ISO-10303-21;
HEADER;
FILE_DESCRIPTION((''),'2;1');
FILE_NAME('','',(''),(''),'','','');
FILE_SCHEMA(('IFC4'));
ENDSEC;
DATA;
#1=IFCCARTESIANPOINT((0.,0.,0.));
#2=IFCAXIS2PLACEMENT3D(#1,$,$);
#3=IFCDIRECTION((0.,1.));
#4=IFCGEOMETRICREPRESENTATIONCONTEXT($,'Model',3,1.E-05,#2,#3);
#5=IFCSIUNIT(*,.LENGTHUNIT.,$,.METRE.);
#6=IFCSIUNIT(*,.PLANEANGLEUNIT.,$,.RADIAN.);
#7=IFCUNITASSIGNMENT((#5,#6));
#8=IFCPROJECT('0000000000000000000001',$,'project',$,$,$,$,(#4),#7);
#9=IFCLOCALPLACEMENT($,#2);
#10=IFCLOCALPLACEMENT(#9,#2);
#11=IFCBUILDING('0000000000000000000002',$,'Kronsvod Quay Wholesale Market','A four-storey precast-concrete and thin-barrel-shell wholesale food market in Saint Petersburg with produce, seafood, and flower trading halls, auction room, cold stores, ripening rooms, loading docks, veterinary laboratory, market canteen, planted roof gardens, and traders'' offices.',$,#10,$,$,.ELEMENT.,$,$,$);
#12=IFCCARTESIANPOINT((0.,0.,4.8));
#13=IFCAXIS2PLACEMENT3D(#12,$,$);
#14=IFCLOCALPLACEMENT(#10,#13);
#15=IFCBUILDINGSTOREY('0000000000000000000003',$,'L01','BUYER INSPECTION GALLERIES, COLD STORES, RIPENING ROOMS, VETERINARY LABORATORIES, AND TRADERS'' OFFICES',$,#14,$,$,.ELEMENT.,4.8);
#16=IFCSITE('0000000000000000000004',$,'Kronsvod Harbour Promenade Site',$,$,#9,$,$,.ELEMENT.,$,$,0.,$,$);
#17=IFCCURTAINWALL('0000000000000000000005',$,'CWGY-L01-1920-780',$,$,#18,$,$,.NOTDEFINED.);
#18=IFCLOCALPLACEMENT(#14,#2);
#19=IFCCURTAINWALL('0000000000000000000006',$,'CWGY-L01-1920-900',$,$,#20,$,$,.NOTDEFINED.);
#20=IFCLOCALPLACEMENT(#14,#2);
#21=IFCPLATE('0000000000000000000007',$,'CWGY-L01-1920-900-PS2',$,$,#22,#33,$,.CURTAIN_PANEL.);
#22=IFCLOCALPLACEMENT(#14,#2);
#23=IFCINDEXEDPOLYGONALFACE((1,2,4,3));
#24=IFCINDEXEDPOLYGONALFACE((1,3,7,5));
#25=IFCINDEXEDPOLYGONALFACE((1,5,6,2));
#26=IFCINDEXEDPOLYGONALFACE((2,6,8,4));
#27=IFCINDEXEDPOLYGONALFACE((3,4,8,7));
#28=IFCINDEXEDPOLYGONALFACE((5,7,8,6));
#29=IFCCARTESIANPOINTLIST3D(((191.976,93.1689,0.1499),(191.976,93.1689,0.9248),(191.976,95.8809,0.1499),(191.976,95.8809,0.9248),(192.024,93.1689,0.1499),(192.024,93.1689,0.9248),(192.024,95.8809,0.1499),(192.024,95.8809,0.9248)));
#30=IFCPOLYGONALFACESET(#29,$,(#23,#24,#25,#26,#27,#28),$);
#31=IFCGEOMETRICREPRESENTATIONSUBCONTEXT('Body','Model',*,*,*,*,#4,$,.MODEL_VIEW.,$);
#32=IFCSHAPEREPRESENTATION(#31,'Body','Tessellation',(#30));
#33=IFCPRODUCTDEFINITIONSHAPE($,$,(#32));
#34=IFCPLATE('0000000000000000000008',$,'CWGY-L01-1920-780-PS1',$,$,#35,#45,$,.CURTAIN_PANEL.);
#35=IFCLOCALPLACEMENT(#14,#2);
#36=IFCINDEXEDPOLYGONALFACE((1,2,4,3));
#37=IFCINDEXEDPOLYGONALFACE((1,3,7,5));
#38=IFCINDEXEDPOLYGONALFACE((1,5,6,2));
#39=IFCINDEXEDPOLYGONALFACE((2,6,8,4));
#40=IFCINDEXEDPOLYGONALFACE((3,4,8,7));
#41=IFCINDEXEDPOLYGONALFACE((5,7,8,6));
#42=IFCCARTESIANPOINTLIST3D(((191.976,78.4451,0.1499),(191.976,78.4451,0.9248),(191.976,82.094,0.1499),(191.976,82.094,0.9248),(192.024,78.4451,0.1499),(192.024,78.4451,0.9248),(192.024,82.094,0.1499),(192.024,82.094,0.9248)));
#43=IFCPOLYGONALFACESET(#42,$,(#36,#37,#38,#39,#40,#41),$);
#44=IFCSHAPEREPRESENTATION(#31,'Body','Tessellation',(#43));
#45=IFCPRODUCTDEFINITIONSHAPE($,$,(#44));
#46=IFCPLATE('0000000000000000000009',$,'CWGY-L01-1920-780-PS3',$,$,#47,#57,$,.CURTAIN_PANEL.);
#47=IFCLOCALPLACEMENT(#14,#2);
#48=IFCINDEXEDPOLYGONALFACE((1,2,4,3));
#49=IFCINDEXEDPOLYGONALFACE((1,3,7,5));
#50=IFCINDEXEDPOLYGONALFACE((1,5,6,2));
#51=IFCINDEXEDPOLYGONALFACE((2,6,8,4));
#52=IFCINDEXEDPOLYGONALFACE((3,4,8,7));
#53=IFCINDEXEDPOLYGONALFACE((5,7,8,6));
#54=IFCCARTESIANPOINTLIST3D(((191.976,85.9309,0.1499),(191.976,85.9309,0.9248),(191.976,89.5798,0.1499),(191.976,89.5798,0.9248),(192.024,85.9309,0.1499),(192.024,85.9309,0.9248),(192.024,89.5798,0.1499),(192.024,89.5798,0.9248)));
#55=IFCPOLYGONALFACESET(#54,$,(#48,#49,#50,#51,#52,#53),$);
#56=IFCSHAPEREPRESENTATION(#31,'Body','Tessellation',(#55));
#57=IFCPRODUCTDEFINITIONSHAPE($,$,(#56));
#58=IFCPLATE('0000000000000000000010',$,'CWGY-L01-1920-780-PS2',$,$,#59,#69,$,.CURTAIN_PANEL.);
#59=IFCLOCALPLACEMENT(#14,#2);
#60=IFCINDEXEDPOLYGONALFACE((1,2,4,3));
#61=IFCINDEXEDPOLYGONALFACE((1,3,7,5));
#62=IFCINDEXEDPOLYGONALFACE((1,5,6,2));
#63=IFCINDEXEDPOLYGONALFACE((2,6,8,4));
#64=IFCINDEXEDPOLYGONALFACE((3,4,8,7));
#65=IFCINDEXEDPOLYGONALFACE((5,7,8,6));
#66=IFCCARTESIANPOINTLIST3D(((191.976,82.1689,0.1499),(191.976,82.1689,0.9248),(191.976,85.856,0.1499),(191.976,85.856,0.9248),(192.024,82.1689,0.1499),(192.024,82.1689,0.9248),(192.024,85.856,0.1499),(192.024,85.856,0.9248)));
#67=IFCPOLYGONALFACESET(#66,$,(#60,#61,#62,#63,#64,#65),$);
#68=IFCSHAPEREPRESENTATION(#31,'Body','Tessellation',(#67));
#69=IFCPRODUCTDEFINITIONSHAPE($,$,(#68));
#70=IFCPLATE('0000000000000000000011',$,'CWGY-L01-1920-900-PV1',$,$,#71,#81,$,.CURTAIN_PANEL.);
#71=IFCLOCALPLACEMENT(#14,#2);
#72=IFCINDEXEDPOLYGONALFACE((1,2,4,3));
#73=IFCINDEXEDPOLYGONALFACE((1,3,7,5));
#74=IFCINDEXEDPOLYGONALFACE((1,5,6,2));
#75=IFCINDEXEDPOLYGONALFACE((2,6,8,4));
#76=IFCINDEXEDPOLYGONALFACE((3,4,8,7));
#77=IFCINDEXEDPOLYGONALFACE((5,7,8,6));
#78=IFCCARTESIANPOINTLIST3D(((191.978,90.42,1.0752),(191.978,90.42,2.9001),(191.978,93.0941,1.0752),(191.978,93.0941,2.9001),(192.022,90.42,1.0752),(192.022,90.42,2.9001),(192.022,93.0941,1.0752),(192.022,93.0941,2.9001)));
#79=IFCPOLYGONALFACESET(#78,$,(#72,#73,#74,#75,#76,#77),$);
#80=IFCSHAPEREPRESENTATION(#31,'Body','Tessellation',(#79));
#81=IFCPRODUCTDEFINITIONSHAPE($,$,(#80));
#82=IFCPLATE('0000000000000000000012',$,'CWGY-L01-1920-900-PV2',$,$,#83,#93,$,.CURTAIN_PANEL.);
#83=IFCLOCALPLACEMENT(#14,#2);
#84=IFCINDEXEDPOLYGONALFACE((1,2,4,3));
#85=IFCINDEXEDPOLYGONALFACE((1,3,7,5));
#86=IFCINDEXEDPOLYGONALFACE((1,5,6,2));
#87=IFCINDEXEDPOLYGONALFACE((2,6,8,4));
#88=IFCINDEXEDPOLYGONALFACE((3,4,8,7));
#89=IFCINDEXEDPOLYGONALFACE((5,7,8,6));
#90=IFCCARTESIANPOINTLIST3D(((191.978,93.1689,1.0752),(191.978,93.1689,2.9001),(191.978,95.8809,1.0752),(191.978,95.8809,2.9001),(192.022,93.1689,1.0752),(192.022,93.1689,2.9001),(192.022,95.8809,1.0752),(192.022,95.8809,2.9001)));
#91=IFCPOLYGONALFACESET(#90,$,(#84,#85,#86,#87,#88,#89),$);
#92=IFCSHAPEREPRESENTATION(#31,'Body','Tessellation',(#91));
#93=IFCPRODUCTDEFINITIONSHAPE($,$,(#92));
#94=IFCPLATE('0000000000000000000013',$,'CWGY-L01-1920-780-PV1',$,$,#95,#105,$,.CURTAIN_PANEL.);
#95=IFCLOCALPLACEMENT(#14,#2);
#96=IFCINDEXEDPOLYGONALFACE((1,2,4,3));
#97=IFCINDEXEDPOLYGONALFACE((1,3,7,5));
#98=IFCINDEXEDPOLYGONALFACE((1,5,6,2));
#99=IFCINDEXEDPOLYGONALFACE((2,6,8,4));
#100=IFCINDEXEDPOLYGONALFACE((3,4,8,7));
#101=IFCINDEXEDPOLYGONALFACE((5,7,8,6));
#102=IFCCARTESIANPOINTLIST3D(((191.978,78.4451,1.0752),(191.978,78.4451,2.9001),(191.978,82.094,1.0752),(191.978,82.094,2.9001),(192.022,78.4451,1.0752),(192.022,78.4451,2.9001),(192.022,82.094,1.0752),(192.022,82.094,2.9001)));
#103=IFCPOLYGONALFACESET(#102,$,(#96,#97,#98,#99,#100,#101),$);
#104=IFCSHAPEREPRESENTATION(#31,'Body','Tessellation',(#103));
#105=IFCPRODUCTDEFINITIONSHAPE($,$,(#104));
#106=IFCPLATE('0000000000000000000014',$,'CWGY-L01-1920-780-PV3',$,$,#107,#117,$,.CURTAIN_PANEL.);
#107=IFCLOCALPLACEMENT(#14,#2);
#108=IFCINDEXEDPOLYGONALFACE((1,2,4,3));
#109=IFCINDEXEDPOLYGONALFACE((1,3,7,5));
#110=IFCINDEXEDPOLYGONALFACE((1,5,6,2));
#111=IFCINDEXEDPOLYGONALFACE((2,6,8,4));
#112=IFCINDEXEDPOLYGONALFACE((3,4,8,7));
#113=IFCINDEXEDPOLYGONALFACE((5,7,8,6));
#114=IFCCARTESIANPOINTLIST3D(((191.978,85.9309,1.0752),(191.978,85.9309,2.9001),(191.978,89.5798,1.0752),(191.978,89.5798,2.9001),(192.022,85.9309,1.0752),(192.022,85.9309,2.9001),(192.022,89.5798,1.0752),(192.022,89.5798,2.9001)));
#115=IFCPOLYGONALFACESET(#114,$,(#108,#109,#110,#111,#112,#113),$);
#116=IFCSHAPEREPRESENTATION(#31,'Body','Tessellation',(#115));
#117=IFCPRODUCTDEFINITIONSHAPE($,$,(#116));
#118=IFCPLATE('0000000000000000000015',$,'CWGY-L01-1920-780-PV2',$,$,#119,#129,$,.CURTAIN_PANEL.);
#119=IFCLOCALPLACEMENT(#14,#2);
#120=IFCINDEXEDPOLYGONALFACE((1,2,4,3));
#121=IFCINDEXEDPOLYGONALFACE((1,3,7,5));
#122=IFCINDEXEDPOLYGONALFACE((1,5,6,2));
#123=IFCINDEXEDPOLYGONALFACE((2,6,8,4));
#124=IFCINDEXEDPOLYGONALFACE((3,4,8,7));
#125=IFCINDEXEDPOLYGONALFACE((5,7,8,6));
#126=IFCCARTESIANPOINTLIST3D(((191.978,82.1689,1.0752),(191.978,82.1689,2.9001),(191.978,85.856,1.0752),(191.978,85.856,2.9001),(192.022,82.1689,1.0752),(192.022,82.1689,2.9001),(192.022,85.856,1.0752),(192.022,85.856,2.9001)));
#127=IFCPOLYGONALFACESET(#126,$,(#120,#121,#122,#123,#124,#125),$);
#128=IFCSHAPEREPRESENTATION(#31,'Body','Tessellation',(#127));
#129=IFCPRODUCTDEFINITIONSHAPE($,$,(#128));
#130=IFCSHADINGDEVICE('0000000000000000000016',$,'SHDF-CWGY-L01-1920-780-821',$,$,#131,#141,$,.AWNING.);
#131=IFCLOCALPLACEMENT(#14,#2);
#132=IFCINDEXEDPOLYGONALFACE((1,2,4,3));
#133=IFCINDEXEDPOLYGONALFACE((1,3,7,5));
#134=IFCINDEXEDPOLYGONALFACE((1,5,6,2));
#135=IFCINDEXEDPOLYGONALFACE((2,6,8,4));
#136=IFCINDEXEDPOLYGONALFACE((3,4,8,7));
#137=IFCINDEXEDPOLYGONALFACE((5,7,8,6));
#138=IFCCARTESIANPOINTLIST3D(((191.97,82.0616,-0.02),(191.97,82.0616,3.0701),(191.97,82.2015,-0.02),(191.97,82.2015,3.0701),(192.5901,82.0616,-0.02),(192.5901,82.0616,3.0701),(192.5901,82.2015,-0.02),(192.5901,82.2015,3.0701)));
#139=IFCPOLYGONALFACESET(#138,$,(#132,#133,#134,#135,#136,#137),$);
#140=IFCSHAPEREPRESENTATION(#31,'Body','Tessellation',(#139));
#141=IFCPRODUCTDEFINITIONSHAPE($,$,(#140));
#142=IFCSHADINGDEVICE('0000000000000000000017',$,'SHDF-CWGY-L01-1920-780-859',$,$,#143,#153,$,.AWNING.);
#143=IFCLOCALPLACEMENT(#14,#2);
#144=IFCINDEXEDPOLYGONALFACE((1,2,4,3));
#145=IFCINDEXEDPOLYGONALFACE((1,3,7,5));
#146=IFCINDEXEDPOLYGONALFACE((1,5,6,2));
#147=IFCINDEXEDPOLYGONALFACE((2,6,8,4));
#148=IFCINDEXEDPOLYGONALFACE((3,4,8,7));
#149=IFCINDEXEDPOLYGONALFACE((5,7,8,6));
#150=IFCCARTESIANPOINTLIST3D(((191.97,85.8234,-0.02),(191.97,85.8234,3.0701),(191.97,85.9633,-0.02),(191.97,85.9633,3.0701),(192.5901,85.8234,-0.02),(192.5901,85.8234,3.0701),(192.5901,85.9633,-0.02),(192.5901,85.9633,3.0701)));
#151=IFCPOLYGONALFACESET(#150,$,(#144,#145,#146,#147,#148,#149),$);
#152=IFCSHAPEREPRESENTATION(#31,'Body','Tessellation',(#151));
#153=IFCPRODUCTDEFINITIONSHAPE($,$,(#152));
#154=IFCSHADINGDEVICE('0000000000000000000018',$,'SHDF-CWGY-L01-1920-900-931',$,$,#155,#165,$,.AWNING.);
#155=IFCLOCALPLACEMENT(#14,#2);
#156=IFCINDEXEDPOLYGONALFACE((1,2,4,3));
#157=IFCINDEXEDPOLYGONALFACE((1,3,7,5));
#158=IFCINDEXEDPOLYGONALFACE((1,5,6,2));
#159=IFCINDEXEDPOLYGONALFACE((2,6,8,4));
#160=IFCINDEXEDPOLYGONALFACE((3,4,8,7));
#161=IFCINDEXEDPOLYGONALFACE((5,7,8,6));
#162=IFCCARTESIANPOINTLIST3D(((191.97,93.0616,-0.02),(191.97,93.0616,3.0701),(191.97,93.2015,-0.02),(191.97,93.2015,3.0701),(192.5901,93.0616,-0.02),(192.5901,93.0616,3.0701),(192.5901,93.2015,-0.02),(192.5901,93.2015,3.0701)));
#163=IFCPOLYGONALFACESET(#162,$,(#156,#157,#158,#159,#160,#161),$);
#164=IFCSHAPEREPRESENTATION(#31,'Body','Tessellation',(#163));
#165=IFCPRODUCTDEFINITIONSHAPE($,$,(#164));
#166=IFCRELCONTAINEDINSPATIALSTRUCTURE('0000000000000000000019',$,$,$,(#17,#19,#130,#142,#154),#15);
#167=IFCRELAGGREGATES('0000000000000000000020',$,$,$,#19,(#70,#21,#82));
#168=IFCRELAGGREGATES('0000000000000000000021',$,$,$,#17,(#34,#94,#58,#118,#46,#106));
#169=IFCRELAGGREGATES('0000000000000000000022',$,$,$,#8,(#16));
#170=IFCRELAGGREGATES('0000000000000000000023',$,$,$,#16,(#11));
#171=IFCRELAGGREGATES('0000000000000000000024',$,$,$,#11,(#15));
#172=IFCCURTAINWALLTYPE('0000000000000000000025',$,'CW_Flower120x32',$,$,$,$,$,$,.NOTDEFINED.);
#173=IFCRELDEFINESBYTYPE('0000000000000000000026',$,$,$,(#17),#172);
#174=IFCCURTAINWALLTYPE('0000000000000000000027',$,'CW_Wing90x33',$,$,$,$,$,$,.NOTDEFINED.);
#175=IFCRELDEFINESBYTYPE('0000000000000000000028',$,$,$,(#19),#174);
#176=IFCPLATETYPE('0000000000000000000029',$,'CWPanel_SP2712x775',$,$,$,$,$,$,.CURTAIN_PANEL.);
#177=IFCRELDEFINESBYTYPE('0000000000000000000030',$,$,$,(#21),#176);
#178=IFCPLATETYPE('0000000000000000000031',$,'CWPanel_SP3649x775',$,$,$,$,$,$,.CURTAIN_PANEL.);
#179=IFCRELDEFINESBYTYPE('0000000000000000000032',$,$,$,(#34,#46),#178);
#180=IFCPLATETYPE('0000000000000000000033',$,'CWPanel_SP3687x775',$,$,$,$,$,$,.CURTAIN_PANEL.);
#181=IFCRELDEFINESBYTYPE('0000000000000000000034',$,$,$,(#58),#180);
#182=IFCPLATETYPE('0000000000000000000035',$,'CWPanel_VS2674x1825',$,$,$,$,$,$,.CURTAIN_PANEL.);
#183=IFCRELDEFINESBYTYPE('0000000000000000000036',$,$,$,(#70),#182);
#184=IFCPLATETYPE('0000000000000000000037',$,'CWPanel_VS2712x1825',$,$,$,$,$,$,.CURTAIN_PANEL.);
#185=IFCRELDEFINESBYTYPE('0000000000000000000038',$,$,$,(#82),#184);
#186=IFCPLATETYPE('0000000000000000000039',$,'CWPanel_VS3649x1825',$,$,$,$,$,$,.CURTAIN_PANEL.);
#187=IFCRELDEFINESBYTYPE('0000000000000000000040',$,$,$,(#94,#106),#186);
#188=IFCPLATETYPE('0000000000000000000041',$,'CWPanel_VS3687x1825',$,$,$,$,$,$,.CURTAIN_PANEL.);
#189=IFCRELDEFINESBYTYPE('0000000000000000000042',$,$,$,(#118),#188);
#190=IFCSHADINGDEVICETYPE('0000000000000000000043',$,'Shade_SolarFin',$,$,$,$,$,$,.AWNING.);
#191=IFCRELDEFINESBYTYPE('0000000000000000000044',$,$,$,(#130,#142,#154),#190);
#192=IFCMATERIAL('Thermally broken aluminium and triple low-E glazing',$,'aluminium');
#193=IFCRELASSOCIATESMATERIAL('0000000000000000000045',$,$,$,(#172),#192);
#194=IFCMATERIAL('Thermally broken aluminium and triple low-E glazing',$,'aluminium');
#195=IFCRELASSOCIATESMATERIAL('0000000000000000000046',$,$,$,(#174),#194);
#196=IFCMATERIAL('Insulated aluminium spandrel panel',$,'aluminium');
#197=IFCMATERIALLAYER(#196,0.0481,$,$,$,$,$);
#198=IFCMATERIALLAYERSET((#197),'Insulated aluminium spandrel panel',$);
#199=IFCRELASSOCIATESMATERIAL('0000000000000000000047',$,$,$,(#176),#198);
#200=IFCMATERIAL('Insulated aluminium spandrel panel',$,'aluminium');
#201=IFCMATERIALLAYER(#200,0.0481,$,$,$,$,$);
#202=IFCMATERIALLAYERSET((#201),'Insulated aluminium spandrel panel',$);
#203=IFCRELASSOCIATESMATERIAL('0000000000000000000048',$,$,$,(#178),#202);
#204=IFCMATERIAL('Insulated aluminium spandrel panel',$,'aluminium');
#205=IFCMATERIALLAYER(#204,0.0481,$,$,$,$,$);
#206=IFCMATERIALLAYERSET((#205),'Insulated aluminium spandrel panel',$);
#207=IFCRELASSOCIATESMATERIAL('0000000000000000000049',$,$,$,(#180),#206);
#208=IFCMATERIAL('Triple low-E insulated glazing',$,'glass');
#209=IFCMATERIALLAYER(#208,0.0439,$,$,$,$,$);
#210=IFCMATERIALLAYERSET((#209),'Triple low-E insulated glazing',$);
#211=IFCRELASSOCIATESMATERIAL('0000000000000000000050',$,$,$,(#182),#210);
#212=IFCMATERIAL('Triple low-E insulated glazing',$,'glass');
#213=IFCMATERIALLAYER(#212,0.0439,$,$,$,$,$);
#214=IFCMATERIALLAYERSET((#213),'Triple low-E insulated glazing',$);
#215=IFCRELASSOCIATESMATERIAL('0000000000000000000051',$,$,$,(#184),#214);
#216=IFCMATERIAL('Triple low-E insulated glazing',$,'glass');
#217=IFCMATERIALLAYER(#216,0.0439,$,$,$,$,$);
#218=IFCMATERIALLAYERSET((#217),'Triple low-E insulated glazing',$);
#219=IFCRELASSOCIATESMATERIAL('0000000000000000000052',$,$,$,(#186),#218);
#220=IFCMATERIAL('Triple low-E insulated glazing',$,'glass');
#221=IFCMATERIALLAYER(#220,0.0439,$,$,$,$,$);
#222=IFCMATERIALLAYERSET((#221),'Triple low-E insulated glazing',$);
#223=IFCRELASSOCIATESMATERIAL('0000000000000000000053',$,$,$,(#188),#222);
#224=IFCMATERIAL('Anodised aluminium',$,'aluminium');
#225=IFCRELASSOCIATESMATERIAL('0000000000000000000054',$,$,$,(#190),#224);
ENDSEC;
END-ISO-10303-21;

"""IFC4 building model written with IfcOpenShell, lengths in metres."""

from ifc_helpers import new_model, si_unit, direction, frame, origin, origin_2d, place, context, subcontext, project, spatial, rectangle, extrude, material, layer, layer_set, type_object, element, aggregate, save


model = new_model("IFC4")

# Units and contexts
model_context = context("Model", 3, precision=1e-05, world=origin(), true_north=direction((0.0, 1.0)))
body_context = subcontext(model_context, "Body", "Model", "MODEL_VIEW")
ifc_project = project(units=[si_unit("LENGTHUNIT", "METRE"), si_unit("PLANEANGLEUNIT", "RADIAN")], contexts=[model_context])

# Site, building, storey
site_placement = place(None, origin())
site = spatial("IfcSite", under=ifc_project, at=site_placement, Name="Kronsvod Harbour Promenade Site", CompositionType="ELEMENT", RefElevation=0.0)
building_placement = place(site_placement, origin())
building = spatial("IfcBuilding", under=site, at=building_placement, Name="Kronsvod Quay Wholesale Market", Description="A four-storey precast-concrete and thin-barrel-shell wholesale food market in Saint Petersburg with produce, seafood, and flower trading halls, auction room, cold stores, ripening rooms, loading docks, veterinary laboratory, market canteen, planted roof gardens, and traders' offices.", CompositionType="ELEMENT")
storey_placement = place(building_placement, frame((0.0, 0.0, 4.8)))
storey = spatial("IfcBuildingStorey", under=building, at=storey_placement, Name="L01", Description="BUYER INSPECTION GALLERIES, COLD STORES, RIPENING ROOMS, VETERINARY LABORATORIES, AND TRADERS' OFFICES", CompositionType="ELEMENT", Elevation=4.8)

# Curtain walls
ifc_material_1 = material(Name="Thermally broken aluminium and triple low-E glazing", Category="aluminium")
curtain_wall_type_1 = type_object("IfcCurtainWallType", Name="CW_Flower120x32", PredefinedType="NOTDEFINED", material=ifc_material_1)
curtain_wall_1_placement = place(storey_placement, origin())
curtain_wall_1 = element("IfcCurtainWall", 1, at=curtain_wall_1_placement, inside=storey, type_object=curtain_wall_type_1, Name="CWGY-L01-1920-780", PredefinedType="NOTDEFINED")
ifc_material_2 = material(Name="Thermally broken aluminium and triple low-E glazing", Category="aluminium")
curtain_wall_type_2 = type_object("IfcCurtainWallType", Name="CW_Wing90x33", PredefinedType="NOTDEFINED", material=ifc_material_2)
curtain_wall_2_placement = place(storey_placement, origin())
curtain_wall_2 = element("IfcCurtainWall", 2, at=curtain_wall_2_placement, inside=storey, type_object=curtain_wall_type_2, Name="CWGY-L01-1920-900", PredefinedType="NOTDEFINED")

# Plates
ifc_material_3 = material(Name="Insulated aluminium spandrel panel", Category="aluminium")
ifc_layer_1 = layer(ifc_material_3, 0.0481)
ifc_layer_set_1 = layer_set([ifc_layer_1], Name="Insulated aluminium spandrel panel")
plate_type_1 = type_object("IfcPlateType", Name="CWPanel_SP2712x775", PredefinedType="CURTAIN_PANEL", material=ifc_layer_set_1)
plate_1_placement = place(storey_placement, frame((192.0, 94.5249, 0.1499), z_axis=(0.0, 0.0, 1.0), x_axis=(0.0, 1.0, 0.0)))
plate_1 = element("IfcPlate", 3, at=plate_1_placement, type_object=plate_type_1, Name="CWGY-L01-1920-900-PS2", PredefinedType="CURTAIN_PANEL", context=body_context, shape_type="SweptSolid", body=[
    extrude(rectangle(XDim=2.7119, YDim=0.0481, at=origin_2d()), origin(), (0.0, 0.0, 1.0), 0.7749),
])
ifc_material_4 = material(Name="Insulated aluminium spandrel panel", Category="aluminium")
ifc_layer_2 = layer(ifc_material_4, 0.0481)
ifc_layer_set_2 = layer_set([ifc_layer_2], Name="Insulated aluminium spandrel panel")
plate_type_2 = type_object("IfcPlateType", Name="CWPanel_SP3649x775", PredefinedType="CURTAIN_PANEL", material=ifc_layer_set_2)
plate_2_placement = place(storey_placement, frame((192.0, 80.2695, 0.1499), z_axis=(0.0, 0.0, 1.0), x_axis=(0.0, 1.0, 0.0)))
plate_2 = element("IfcPlate", 4, at=plate_2_placement, type_object=plate_type_2, Name="CWGY-L01-1920-780-PS1", PredefinedType="CURTAIN_PANEL", context=body_context, shape_type="SweptSolid", body=[
    extrude(rectangle(XDim=3.6489, YDim=0.0481, at=origin_2d()), origin(), (0.0, 0.0, 1.0), 0.7749),
])
plate_3_placement = place(storey_placement, frame((192.0, 87.7554, 0.1499), z_axis=(0.0, 0.0, 1.0), x_axis=(0.0, 1.0, 0.0)))
plate_3 = element("IfcPlate", 5, at=plate_3_placement, type_object=plate_type_2, Name="CWGY-L01-1920-780-PS3", PredefinedType="CURTAIN_PANEL", context=body_context, shape_type="SweptSolid", body=[
    extrude(rectangle(XDim=3.6489, YDim=0.0481, at=origin_2d()), origin(), (0.0, 0.0, 1.0), 0.7749),
])
ifc_material_5 = material(Name="Insulated aluminium spandrel panel", Category="aluminium")
ifc_layer_3 = layer(ifc_material_5, 0.0481)
ifc_layer_set_3 = layer_set([ifc_layer_3], Name="Insulated aluminium spandrel panel")
plate_type_3 = type_object("IfcPlateType", Name="CWPanel_SP3687x775", PredefinedType="CURTAIN_PANEL", material=ifc_layer_set_3)
plate_4_placement = place(storey_placement, frame((192.0, 84.0125, 0.1499), z_axis=(0.0, 0.0, 1.0), x_axis=(0.0, 1.0, 0.0)))
plate_4 = element("IfcPlate", 6, at=plate_4_placement, type_object=plate_type_3, Name="CWGY-L01-1920-780-PS2", PredefinedType="CURTAIN_PANEL", context=body_context, shape_type="SweptSolid", body=[
    extrude(rectangle(XDim=3.687, YDim=0.0481, at=origin_2d()), origin(), (0.0, 0.0, 1.0), 0.7749),
])
ifc_material_6 = material(Name="Triple low-E insulated glazing", Category="glass")
ifc_layer_4 = layer(ifc_material_6, 0.0439)
ifc_layer_set_4 = layer_set([ifc_layer_4], Name="Triple low-E insulated glazing")
plate_type_4 = type_object("IfcPlateType", Name="CWPanel_VS2674x1825", PredefinedType="CURTAIN_PANEL", material=ifc_layer_set_4)
plate_5_placement = place(storey_placement, frame((192.0, 91.7571, 1.0752), z_axis=(0.0, 0.0, 1.0), x_axis=(0.0, 1.0, 0.0)))
plate_5 = element("IfcPlate", 7, at=plate_5_placement, type_object=plate_type_4, Name="CWGY-L01-1920-900-PV1", PredefinedType="CURTAIN_PANEL", context=body_context, shape_type="SweptSolid", body=[
    extrude(rectangle(XDim=2.6741, YDim=0.0439, at=origin_2d()), origin(), (0.0, 0.0, 1.0), 1.825),
])
ifc_material_7 = material(Name="Triple low-E insulated glazing", Category="glass")
ifc_layer_5 = layer(ifc_material_7, 0.0439)
ifc_layer_set_5 = layer_set([ifc_layer_5], Name="Triple low-E insulated glazing")
plate_type_5 = type_object("IfcPlateType", Name="CWPanel_VS2712x1825", PredefinedType="CURTAIN_PANEL", material=ifc_layer_set_5)
plate_6_placement = place(storey_placement, frame((192.0, 94.5249, 1.0752), z_axis=(0.0, 0.0, 1.0), x_axis=(0.0, 1.0, 0.0)))
plate_6 = element("IfcPlate", 8, at=plate_6_placement, type_object=plate_type_5, Name="CWGY-L01-1920-900-PV2", PredefinedType="CURTAIN_PANEL", context=body_context, shape_type="SweptSolid", body=[
    extrude(rectangle(XDim=2.7119, YDim=0.0439, at=origin_2d()), origin(), (0.0, 0.0, 1.0), 1.825),
])
aggregate(curtain_wall_2, [plate_5, plate_1, plate_6])
ifc_material_8 = material(Name="Triple low-E insulated glazing", Category="glass")
ifc_layer_6 = layer(ifc_material_8, 0.0439)
ifc_layer_set_6 = layer_set([ifc_layer_6], Name="Triple low-E insulated glazing")
plate_type_6 = type_object("IfcPlateType", Name="CWPanel_VS3649x1825", PredefinedType="CURTAIN_PANEL", material=ifc_layer_set_6)
plate_7_placement = place(storey_placement, frame((192.0, 80.2695, 1.0752), z_axis=(0.0, 0.0, 1.0), x_axis=(0.0, 1.0, 0.0)))
plate_7 = element("IfcPlate", 9, at=plate_7_placement, type_object=plate_type_6, Name="CWGY-L01-1920-780-PV1", PredefinedType="CURTAIN_PANEL", context=body_context, shape_type="SweptSolid", body=[
    extrude(rectangle(XDim=3.6489, YDim=0.0439, at=origin_2d()), origin(), (0.0, 0.0, 1.0), 1.825),
])
plate_8_placement = place(storey_placement, frame((192.0, 87.7554, 1.0752), z_axis=(0.0, 0.0, 1.0), x_axis=(0.0, 1.0, 0.0)))
plate_8 = element("IfcPlate", 10, at=plate_8_placement, type_object=plate_type_6, Name="CWGY-L01-1920-780-PV3", PredefinedType="CURTAIN_PANEL", context=body_context, shape_type="SweptSolid", body=[
    extrude(rectangle(XDim=3.6489, YDim=0.0439, at=origin_2d()), origin(), (0.0, 0.0, 1.0), 1.825),
])
ifc_material_9 = material(Name="Triple low-E insulated glazing", Category="glass")
ifc_layer_7 = layer(ifc_material_9, 0.0439)
ifc_layer_set_7 = layer_set([ifc_layer_7], Name="Triple low-E insulated glazing")
plate_type_7 = type_object("IfcPlateType", Name="CWPanel_VS3687x1825", PredefinedType="CURTAIN_PANEL", material=ifc_layer_set_7)
plate_9_placement = place(storey_placement, frame((192.0, 84.0125, 1.0752), z_axis=(0.0, 0.0, 1.0), x_axis=(0.0, 1.0, 0.0)))
plate_9 = element("IfcPlate", 11, at=plate_9_placement, type_object=plate_type_7, Name="CWGY-L01-1920-780-PV2", PredefinedType="CURTAIN_PANEL", context=body_context, shape_type="SweptSolid", body=[
    extrude(rectangle(XDim=3.687, YDim=0.0439, at=origin_2d()), origin(), (0.0, 0.0, 1.0), 1.825),
])
aggregate(curtain_wall_1, [plate_2, plate_7, plate_4, plate_9, plate_3, plate_8])

# Shading devices
ifc_material_10 = material(Name="Anodised aluminium", Category="aluminium")
shading_device_type = type_object("IfcShadingDeviceType", Name="Shade_SolarFin", PredefinedType="AWNING", material=ifc_material_10)
for number, where, z_axis, x_axis, name in (
    (12, (192.28, 82.1316, -0.02), (0.0, 0.0, 1.0), (1.0, 0.0, 0.0), "SHDF-CWGY-L01-1920-780-821"),
    (13, (192.28, 85.8933, -0.02), (0.0, 0.0, 1.0), (1.0, 0.0, 0.0), "SHDF-CWGY-L01-1920-780-859"),
    (14, (192.28, 93.1316, -0.02), (0.0, 0.0, 1.0), (1.0, 0.0, 0.0), "SHDF-CWGY-L01-1920-900-931"),
):
    element("IfcShadingDevice", number, at=place(storey_placement, frame(where, z_axis=z_axis, x_axis=x_axis)), inside=storey, type_object=shading_device_type, Name=name, PredefinedType="AWNING", context=body_context, shape_type="SweptSolid", body=[
        extrude(rectangle(XDim=0.6201, YDim=0.1399, at=origin_2d()), origin(), (0.0, 0.0, 1.0), 3.0901),
    ])

save(model, "model.ifc")
